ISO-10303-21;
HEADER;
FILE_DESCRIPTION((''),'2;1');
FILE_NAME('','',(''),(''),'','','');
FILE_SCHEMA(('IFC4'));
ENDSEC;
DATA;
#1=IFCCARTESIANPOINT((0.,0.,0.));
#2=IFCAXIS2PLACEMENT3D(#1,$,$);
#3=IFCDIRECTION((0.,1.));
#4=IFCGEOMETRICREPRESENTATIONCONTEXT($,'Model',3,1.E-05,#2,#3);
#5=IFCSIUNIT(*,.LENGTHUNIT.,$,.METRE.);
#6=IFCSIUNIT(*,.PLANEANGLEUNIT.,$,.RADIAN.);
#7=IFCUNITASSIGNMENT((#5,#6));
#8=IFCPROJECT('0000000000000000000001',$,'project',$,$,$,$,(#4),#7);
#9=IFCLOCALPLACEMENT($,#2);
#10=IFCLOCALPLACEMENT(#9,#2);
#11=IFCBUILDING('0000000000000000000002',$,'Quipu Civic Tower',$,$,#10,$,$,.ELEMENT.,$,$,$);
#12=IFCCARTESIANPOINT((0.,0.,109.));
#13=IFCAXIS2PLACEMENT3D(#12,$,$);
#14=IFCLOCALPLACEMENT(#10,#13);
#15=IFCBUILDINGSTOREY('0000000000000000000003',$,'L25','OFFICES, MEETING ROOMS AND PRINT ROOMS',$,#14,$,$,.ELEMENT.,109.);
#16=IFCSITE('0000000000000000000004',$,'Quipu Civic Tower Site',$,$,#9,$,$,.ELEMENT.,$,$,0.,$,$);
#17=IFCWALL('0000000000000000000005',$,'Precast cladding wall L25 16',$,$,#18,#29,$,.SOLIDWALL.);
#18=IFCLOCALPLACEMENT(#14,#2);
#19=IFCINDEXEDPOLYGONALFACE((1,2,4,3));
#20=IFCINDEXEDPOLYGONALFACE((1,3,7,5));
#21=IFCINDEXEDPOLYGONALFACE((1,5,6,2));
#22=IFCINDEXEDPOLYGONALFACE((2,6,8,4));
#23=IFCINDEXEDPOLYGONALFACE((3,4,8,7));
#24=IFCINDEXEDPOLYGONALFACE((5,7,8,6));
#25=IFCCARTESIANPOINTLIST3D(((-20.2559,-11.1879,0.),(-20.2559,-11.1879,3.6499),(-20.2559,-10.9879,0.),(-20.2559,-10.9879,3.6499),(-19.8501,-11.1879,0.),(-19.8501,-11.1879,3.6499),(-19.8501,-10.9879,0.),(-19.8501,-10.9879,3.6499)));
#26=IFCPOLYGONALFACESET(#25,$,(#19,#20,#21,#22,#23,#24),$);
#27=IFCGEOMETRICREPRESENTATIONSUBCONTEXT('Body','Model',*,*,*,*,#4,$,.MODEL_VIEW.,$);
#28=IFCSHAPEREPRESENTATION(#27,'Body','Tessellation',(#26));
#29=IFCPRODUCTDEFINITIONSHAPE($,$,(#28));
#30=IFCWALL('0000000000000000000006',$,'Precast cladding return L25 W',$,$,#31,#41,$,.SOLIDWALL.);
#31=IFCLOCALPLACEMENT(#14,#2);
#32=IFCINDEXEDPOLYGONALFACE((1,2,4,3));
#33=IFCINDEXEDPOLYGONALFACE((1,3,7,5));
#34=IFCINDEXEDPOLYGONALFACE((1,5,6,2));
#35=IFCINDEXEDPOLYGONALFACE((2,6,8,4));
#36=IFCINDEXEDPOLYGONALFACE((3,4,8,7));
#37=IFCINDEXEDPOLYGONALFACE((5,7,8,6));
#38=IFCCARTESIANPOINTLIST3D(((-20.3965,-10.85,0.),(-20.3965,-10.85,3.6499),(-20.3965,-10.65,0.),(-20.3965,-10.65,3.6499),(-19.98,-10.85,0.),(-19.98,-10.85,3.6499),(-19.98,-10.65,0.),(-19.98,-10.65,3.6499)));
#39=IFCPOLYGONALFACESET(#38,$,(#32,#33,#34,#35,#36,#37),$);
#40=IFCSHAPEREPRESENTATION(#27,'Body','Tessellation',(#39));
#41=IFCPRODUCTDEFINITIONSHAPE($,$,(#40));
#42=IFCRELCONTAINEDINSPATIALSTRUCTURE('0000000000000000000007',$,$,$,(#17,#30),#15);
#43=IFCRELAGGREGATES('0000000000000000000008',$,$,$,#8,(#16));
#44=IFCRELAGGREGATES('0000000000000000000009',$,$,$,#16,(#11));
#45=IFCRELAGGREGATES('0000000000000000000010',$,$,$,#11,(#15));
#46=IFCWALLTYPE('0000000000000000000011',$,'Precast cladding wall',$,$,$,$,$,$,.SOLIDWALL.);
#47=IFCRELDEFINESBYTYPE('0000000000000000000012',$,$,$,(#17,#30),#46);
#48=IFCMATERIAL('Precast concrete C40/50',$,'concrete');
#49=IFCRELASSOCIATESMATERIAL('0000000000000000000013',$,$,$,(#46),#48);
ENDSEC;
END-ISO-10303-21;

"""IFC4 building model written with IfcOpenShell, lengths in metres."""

from ifc_helpers import new_model, si_unit, direction, frame, frame_2d, origin, place, context, subcontext, project, spatial, rectangle, extrude, material, type_object, element, save


model = new_model("IFC4")

# Units and contexts
model_context = context("Model", 3, precision=1e-05, world=origin(), true_north=direction((0.0, 1.0)))
body_context = subcontext(model_context, "Body", "Model", "MODEL_VIEW")
ifc_project = project(units=[si_unit("LENGTHUNIT", "METRE"), si_unit("PLANEANGLEUNIT", "RADIAN")], contexts=[model_context])

# Site, building, storey
site_placement = place(None, origin())
site = spatial("IfcSite", under=ifc_project, at=site_placement, Name="Quipu Civic Tower Site", CompositionType="ELEMENT", RefElevation=0.0)
building_placement = place(site_placement, origin())
building = spatial("IfcBuilding", under=site, at=building_placement, Name="Quipu Civic Tower", CompositionType="ELEMENT")
storey_placement = place(building_placement, frame((0.0, 0.0, 109.0)))
storey = spatial("IfcBuildingStorey", under=building, at=storey_placement, Name="L25", Description="OFFICES, MEETING ROOMS AND PRINT ROOMS", CompositionType="ELEMENT", Elevation=109.0)

# Walls
ifc_material_1 = material(Name="Precast concrete C40/50", Category="concrete")
wall_type_1 = type_object("IfcWallType", Name="Precast cladding wall", PredefinedType="SOLIDWALL", material=ifc_material_1)
wall_1_placement = place(storey_placement, frame((-20.2559, -11.0879, 0.0), z_axis=(0.0, 0.0, 1.0), x_axis=(1.0, 0.0, 0.0)))
element("IfcWall", 1, at=wall_1_placement, inside=storey, type_object=wall_type_1, Name="Precast cladding wall L25 16", PredefinedType="SOLIDWALL", context=body_context, shape_type="SweptSolid", body=[
    extrude(rectangle(XDim=0.4058, YDim=0.2, at=frame_2d((0.2029, 0.0))), origin(), (0.0, 0.0, 1.0), 3.6499),
])
wall_2_placement = place(storey_placement, frame((-19.98, -10.75, 0.0), z_axis=(0.0, 0.0, 1.0), x_axis=(-1.0, 0.0, 0.0)))
element("IfcWall", 2, at=wall_2_placement, inside=storey, type_object=wall_type_1, Name="Precast cladding return L25 W", PredefinedType="SOLIDWALL", context=body_context, shape_type="SweptSolid", body=[
    extrude(rectangle(XDim=0.4165, YDim=0.2, at=frame_2d((0.2083, 0.0))), origin(), (0.0, 0.0, 1.0), 3.6499),
])

save(model, "model.ifc")
